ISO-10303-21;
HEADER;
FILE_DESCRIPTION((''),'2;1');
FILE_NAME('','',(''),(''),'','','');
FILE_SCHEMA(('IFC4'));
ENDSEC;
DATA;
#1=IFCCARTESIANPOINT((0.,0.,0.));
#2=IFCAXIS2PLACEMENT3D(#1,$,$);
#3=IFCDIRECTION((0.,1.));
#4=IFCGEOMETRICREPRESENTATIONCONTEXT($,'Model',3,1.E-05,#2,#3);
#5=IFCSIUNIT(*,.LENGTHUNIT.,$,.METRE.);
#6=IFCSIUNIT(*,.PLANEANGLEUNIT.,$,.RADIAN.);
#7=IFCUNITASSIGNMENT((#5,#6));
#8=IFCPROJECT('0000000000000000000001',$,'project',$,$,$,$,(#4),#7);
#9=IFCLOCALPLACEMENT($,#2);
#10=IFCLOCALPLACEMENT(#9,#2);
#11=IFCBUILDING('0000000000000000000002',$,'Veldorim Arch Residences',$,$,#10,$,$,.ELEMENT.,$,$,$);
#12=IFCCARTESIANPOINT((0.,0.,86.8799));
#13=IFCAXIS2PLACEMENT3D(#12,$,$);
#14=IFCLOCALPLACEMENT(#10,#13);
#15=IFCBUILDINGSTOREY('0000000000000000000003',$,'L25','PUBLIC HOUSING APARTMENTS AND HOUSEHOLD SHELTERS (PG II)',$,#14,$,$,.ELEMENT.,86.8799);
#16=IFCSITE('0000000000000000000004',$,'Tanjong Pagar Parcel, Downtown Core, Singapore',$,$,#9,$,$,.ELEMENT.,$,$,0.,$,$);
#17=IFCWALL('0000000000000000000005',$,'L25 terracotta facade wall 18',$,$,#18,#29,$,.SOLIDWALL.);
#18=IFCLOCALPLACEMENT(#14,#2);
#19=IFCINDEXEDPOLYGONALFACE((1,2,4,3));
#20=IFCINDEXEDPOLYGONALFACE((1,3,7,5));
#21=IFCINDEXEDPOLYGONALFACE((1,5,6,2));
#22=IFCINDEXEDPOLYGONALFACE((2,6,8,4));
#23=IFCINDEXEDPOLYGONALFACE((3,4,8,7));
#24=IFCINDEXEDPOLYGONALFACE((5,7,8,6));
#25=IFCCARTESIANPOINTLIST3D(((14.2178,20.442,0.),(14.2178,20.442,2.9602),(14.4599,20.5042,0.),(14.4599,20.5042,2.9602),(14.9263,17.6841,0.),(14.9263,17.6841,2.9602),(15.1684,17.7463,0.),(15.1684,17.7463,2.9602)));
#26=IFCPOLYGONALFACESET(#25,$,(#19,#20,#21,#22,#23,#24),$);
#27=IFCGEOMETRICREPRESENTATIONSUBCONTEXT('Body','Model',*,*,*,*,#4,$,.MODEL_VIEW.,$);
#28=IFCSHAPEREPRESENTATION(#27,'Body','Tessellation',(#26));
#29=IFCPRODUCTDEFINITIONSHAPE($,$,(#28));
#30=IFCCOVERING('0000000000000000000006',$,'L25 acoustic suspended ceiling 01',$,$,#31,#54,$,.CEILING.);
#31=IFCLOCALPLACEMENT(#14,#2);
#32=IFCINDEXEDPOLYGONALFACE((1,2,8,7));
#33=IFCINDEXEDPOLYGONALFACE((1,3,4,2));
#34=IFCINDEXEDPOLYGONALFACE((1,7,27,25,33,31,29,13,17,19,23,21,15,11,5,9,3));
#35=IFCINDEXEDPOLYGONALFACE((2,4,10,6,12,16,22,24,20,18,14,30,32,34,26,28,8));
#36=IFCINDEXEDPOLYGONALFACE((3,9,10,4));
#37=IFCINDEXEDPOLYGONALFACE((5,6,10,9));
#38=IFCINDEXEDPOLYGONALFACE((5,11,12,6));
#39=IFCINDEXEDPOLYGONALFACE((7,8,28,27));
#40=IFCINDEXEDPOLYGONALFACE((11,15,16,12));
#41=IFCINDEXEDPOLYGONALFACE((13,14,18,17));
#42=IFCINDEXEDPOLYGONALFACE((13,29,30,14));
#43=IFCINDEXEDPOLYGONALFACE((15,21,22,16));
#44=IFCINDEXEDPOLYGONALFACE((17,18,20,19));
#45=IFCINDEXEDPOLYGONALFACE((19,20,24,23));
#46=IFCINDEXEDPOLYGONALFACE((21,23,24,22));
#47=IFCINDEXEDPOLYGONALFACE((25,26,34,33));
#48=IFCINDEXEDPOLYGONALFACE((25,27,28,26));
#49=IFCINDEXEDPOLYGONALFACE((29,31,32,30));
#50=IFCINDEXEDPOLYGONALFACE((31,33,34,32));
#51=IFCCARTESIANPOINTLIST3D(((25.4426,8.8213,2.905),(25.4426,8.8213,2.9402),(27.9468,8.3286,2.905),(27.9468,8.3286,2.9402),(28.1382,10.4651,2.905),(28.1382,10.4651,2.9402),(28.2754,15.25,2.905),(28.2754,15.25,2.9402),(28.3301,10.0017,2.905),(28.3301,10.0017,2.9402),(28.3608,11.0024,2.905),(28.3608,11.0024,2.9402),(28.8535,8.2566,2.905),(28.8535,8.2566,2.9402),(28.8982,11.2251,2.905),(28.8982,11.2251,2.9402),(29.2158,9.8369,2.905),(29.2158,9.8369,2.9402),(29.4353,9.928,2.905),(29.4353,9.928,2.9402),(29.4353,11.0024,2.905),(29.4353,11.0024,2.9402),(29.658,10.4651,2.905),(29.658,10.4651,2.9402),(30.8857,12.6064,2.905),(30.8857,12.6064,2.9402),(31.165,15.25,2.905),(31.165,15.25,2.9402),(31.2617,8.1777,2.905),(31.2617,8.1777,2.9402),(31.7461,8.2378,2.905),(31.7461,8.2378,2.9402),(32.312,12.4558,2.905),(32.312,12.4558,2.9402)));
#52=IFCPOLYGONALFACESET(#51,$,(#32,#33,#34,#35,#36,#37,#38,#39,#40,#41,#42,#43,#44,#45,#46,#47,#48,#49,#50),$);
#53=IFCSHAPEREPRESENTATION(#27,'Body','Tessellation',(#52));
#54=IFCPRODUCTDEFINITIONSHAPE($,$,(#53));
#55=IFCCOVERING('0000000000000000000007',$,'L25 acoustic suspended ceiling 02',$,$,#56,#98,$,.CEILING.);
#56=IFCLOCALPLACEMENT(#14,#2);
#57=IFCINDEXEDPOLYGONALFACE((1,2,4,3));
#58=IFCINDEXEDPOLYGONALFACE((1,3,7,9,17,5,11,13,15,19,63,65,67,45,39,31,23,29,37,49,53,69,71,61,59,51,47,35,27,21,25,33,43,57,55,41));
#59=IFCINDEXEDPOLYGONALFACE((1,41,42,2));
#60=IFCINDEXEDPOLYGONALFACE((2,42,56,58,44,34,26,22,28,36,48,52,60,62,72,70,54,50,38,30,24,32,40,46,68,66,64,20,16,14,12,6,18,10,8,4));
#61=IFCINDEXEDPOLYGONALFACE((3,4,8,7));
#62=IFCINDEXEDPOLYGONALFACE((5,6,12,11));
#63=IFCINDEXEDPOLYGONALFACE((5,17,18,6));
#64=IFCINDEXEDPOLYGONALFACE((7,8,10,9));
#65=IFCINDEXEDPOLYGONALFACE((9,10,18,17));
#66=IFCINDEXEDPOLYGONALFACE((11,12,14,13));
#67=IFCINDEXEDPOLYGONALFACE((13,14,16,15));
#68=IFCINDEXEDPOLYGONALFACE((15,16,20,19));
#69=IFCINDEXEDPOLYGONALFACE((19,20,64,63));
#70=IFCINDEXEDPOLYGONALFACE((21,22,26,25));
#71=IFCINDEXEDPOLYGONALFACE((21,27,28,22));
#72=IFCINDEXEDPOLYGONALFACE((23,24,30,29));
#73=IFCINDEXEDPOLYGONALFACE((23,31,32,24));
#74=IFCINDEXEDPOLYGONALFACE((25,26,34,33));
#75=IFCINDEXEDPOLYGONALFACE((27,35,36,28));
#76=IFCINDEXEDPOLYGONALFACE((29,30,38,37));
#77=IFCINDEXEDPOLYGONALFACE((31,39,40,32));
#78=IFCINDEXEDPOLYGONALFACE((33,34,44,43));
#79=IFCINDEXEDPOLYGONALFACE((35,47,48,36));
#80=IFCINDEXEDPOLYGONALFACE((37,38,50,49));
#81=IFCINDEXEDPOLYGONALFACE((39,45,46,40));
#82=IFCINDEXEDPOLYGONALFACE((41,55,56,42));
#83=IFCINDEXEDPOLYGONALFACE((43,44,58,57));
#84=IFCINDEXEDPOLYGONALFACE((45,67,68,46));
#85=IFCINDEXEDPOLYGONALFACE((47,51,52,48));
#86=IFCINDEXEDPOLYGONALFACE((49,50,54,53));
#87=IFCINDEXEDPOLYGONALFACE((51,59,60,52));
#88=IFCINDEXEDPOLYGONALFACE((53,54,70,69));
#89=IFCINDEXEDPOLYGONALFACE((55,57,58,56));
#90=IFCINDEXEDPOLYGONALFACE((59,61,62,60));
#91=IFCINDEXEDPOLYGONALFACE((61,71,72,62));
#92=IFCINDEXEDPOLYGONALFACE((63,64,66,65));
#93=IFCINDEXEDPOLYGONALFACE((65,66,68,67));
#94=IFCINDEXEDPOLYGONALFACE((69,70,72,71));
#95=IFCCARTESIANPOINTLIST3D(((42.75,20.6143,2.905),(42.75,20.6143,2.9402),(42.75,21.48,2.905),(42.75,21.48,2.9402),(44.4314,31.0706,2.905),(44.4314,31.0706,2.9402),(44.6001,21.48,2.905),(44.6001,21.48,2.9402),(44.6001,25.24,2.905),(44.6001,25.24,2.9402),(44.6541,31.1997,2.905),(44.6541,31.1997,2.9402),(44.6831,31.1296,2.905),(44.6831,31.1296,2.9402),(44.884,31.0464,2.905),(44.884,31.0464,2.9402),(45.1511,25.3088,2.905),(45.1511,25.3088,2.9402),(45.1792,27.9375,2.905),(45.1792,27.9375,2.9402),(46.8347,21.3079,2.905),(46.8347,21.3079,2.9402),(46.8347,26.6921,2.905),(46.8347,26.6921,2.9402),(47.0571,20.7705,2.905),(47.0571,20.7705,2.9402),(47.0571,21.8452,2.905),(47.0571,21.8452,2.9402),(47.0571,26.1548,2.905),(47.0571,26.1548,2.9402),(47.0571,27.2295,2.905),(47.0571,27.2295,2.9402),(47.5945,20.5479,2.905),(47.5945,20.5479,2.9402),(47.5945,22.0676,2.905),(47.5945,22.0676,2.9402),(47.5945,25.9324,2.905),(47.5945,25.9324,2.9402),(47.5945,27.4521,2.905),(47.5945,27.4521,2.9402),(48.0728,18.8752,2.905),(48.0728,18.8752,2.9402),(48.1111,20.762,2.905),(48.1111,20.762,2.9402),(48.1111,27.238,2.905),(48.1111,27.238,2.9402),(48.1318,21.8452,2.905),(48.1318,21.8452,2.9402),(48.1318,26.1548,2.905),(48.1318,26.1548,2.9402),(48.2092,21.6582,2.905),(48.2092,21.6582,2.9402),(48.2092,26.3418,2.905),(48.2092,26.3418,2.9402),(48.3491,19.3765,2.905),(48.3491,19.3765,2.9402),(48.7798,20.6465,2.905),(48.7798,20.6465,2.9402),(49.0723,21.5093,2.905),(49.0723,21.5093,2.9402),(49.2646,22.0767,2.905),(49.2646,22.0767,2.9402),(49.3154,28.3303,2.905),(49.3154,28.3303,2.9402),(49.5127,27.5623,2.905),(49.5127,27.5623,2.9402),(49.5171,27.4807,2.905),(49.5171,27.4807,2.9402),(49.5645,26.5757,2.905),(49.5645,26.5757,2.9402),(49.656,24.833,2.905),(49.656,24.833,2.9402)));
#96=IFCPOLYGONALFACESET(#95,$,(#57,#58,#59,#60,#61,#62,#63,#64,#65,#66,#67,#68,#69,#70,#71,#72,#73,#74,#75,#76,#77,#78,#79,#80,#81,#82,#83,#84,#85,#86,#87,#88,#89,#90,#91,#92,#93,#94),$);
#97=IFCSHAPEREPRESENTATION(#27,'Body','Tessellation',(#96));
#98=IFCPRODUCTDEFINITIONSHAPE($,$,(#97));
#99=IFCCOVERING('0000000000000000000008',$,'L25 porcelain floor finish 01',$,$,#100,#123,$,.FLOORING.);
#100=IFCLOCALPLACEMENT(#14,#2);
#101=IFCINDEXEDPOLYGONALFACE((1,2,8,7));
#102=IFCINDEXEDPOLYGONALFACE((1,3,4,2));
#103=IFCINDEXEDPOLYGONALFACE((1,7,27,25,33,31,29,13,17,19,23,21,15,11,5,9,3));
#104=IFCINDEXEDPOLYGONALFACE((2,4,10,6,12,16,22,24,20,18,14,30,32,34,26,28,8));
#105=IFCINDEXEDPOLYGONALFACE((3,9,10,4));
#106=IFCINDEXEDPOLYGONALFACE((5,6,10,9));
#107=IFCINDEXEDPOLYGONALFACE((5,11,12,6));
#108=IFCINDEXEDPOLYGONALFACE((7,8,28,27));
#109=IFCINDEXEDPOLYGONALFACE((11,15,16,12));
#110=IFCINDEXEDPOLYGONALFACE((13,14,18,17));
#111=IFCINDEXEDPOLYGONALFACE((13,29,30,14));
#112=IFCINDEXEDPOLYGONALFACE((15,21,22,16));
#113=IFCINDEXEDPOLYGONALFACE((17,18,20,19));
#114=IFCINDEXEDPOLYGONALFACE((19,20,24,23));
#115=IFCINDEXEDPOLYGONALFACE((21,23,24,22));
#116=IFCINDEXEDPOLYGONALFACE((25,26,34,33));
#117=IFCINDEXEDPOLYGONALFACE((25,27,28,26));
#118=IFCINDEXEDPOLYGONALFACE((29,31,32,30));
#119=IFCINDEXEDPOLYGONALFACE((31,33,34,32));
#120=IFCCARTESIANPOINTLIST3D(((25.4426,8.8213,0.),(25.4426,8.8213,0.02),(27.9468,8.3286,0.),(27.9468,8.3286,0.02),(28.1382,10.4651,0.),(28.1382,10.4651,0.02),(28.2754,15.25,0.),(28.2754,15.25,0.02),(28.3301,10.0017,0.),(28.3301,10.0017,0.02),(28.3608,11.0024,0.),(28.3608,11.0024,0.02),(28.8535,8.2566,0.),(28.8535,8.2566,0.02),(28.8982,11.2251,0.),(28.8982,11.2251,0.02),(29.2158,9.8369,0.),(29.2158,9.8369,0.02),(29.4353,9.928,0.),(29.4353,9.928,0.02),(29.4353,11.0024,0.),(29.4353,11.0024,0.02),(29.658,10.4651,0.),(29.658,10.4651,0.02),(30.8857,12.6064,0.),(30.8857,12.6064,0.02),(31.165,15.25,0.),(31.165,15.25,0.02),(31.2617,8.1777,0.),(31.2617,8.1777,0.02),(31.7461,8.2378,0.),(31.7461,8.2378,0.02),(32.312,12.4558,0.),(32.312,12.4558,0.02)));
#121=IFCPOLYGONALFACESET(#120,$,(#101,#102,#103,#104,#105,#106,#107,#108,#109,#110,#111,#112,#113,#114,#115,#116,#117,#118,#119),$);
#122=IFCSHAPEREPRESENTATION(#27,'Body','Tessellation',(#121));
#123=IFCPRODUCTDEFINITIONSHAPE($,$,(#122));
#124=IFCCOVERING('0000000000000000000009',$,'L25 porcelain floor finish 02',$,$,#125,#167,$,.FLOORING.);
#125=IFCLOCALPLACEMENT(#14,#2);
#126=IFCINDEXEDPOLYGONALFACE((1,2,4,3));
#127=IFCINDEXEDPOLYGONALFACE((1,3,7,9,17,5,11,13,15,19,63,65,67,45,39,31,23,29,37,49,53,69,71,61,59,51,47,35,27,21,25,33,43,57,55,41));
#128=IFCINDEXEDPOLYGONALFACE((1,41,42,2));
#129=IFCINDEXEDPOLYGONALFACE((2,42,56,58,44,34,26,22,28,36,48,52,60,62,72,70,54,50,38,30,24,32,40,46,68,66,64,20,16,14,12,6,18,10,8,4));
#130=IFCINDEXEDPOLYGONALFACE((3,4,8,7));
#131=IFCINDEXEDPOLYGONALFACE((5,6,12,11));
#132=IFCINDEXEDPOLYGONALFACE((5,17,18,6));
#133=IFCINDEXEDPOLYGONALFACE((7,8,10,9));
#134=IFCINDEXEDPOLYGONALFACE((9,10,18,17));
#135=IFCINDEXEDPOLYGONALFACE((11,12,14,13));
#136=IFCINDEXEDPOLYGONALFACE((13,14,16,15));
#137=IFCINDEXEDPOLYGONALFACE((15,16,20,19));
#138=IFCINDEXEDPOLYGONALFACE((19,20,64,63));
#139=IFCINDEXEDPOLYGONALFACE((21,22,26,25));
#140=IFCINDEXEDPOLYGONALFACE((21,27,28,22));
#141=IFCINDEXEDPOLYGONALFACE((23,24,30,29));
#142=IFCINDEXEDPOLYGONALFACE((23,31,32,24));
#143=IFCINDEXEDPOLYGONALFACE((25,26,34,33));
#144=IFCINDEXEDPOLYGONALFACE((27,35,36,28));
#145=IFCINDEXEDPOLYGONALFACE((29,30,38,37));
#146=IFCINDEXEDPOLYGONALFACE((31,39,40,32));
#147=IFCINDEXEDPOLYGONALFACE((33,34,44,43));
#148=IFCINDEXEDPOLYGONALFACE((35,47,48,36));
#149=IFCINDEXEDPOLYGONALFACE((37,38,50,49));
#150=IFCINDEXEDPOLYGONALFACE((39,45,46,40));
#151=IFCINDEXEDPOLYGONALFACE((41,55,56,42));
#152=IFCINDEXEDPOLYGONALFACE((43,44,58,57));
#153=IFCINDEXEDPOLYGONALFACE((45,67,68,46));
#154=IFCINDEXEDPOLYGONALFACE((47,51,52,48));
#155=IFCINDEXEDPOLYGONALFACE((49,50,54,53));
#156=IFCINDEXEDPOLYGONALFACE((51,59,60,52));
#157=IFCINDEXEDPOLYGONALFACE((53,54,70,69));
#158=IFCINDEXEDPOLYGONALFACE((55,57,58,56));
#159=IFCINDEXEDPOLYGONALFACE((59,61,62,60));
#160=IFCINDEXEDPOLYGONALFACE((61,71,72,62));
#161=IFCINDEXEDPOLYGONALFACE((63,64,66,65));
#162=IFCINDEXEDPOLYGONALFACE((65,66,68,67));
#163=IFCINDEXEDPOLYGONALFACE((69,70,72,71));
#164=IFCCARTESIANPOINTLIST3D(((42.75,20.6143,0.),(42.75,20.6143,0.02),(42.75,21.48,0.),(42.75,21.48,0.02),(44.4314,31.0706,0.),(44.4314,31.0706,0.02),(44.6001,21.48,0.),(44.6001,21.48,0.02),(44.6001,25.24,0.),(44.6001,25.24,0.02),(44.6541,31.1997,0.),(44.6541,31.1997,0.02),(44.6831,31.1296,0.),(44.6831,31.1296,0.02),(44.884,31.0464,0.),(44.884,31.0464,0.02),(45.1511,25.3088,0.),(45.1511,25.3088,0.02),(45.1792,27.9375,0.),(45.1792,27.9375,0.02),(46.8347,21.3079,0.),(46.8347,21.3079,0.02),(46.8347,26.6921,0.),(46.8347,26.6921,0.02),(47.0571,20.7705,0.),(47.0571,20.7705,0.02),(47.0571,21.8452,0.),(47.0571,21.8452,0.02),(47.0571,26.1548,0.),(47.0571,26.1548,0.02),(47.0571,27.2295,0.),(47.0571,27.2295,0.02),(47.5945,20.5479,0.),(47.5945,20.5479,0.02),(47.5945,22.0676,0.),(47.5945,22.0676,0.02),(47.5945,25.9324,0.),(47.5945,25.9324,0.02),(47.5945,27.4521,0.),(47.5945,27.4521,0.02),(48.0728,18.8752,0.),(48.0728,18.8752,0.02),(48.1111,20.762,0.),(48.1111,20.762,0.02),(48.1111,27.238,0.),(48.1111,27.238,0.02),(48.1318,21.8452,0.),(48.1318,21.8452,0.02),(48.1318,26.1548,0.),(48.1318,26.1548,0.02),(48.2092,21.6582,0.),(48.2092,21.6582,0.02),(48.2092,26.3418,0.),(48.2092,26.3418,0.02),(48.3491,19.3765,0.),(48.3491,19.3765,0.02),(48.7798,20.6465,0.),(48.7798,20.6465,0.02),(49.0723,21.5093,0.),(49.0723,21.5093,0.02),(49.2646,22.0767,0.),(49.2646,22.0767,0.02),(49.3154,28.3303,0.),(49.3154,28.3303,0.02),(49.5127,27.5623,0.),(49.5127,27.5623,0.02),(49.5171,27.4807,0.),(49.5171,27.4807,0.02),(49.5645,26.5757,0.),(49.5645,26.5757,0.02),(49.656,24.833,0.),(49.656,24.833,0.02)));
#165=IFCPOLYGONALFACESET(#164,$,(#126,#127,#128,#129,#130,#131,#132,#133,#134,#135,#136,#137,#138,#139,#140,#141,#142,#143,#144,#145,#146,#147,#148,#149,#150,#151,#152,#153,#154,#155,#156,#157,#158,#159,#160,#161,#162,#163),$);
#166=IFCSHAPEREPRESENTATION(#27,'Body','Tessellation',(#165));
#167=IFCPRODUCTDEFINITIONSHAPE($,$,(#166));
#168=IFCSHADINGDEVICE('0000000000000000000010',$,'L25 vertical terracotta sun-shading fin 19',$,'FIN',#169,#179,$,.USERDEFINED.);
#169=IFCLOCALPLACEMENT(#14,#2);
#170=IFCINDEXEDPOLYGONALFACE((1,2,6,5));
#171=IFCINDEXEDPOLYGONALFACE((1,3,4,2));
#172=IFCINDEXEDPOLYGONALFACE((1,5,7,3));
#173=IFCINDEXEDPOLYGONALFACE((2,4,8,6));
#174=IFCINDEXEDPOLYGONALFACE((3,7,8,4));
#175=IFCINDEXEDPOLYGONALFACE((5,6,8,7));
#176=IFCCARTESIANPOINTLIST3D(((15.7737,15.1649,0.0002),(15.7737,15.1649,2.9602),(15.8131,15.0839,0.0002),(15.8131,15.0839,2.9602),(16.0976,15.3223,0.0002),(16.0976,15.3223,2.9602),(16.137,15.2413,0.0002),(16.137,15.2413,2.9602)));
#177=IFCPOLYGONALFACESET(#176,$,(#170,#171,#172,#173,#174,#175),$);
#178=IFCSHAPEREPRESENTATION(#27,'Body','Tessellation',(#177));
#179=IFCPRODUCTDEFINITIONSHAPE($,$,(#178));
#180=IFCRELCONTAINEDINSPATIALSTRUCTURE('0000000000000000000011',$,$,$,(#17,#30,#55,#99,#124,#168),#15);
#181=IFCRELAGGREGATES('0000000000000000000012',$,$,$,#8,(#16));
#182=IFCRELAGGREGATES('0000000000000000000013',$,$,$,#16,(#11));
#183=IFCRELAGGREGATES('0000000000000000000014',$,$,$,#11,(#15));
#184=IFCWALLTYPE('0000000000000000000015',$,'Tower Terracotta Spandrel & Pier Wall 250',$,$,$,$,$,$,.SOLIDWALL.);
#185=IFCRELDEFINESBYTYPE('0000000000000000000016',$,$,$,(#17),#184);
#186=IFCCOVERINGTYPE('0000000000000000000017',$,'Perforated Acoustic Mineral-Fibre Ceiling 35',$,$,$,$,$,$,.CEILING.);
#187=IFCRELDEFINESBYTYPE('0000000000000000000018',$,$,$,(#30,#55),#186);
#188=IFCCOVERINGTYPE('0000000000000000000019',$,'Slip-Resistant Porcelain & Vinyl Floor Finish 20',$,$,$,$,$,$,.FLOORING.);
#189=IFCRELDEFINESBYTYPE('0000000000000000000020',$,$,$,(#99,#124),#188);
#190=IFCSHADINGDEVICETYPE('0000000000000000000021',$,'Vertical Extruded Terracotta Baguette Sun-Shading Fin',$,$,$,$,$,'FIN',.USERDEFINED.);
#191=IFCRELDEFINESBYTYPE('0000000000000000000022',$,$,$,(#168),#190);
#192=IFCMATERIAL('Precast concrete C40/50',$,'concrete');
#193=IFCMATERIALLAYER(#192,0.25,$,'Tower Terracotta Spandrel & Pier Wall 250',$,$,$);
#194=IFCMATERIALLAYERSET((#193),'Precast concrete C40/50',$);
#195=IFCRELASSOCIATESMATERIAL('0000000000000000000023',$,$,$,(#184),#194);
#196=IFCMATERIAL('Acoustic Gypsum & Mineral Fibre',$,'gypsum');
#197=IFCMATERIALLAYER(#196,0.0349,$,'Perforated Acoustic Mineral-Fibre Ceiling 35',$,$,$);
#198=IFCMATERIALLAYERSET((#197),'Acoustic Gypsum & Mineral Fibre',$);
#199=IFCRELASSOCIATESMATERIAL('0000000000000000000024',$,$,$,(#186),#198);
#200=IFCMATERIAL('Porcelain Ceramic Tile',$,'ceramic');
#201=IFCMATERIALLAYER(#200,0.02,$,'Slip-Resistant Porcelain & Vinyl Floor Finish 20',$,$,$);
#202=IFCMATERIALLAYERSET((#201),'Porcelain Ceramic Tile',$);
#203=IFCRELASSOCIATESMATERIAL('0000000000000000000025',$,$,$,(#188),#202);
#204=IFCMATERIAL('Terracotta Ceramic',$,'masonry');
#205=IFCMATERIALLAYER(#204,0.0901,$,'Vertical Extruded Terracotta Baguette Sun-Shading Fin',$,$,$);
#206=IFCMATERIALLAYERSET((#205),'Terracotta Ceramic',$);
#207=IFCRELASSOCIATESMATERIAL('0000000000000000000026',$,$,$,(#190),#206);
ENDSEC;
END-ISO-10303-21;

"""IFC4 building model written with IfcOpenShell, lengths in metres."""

from ifc_helpers import new_model, si_unit, direction, frame, frame_2d, origin, origin_2d, place, context, subcontext, project, spatial, polyline, rectangle, outline, extrude, material, layer, layer_set, type_object, element, save


model = new_model("IFC4")

# Units and contexts
model_context = context("Model", 3, precision=1e-05, world=origin(), true_north=direction((0.0, 1.0)))
body_context = subcontext(model_context, "Body", "Model", "MODEL_VIEW")
ifc_project = project(units=[si_unit("LENGTHUNIT", "METRE"), si_unit("PLANEANGLEUNIT", "RADIAN")], contexts=[model_context])

# Site, building, storey
site_placement = place(None, origin())
site = spatial("IfcSite", under=ifc_project, at=site_placement, Name="Tanjong Pagar Parcel, Downtown Core, Singapore", CompositionType="ELEMENT", RefElevation=0.0)
building_placement = place(site_placement, origin())
building = spatial("IfcBuilding", under=site, at=building_placement, Name="Veldorim Arch Residences", CompositionType="ELEMENT")
storey_placement = place(building_placement, frame((0.0, 0.0, 86.8799)))
storey = spatial("IfcBuildingStorey", under=building, at=storey_placement, Name="L25", Description="PUBLIC HOUSING APARTMENTS AND HOUSEHOLD SHELTERS (PG II)", CompositionType="ELEMENT", Elevation=86.8799)

# Wall
ifc_material_1 = material(Name="Precast concrete C40/50", Category="concrete")
ifc_layer_1 = layer(ifc_material_1, 0.25, Name="Tower Terracotta Spandrel & Pier Wall 250")
ifc_layer_set_1 = layer_set([ifc_layer_1], Name="Precast concrete C40/50")
wall_type_1 = type_object("IfcWallType", Name="Tower Terracotta Spandrel & Pier Wall 250", PredefinedType="SOLIDWALL", material=ifc_layer_set_1)
wall_1_placement = place(storey_placement, frame((15.0474, 17.7151, 0.0), z_axis=(0.0, 0.0, 1.0), x_axis=(-0.248825, 0.968548, 0.0)))
element("IfcWall", 1, at=wall_1_placement, inside=storey, type_object=wall_type_1, Name="L25 terracotta facade wall 18", PredefinedType="SOLIDWALL", context=body_context, shape_type="SweptSolid", body=[
    extrude(rectangle(XDim=2.8474, YDim=0.25, at=frame_2d((1.4238, 0.0))), origin(), (0.0, 0.0, 1.0), 2.9602),
])

# Coverings
ifc_material_2 = material(Name="Acoustic Gypsum & Mineral Fibre", Category="gypsum")
ifc_layer_2 = layer(ifc_material_2, 0.0349, Name="Perforated Acoustic Mineral-Fibre Ceiling 35")
ifc_layer_set_2 = layer_set([ifc_layer_2], Name="Acoustic Gypsum & Mineral Fibre")
covering_type_1 = type_object("IfcCoveringType", Name="Perforated Acoustic Mineral-Fibre Ceiling 35", PredefinedType="CEILING", material=ifc_layer_set_2)
covering_1_placement = place(storey_placement, frame((0.0, 0.0, 2.905)))
element("IfcCovering", 2, at=covering_1_placement, inside=storey, type_object=covering_type_1, Name="L25 acoustic suspended ceiling 01", PredefinedType="CEILING", context=body_context, shape_type="SweptSolid", body=[
    extrude(outline(polyline([(27.9468, 8.3286), (25.4426, 8.8213), (28.2754, 15.25), (31.165, 15.25), (30.8857, 12.6064), (32.312, 12.4558), (31.7461, 8.2378), (31.2617, 8.1777), (28.8535, 8.2566), (29.2158, 9.8369), (29.4353, 9.928), (29.658, 10.4651), (29.4353, 11.0024), (28.8982, 11.2251), (28.3608, 11.0024), (28.1382, 10.4651), (28.3301, 10.0017), (27.9468, 8.3286)])), origin(), (0.0, 0.0, 1.0), 0.0352),
])
covering_2_placement = place(storey_placement, frame((0.0, 0.0, 2.905)))
element("IfcCovering", 3, at=covering_2_placement, inside=storey, type_object=covering_type_1, Name="L25 acoustic suspended ceiling 02", PredefinedType="CEILING", context=body_context, shape_type="SweptSolid", body=[
    extrude(outline(polyline([(47.5945, 25.9324), (48.1318, 26.1548), (48.2092, 26.3418), (49.5645, 26.5757), (49.656, 24.833), (49.2646, 22.0767), (49.0723, 21.5093), (48.2092, 21.6582), (48.1318, 21.8452), (47.5945, 22.0676), (47.0571, 21.8452), (46.8347, 21.3079), (47.0571, 20.7705), (47.5945, 20.5479), (48.1111, 20.762), (48.7798, 20.6465), (48.3491, 19.3765), (48.0728, 18.8752), (42.75, 20.6143), (42.75, 21.48), (44.6001, 21.48), (44.6001, 25.24), (45.1511, 25.3088), (44.4314, 31.0706), (44.6541, 31.1997), (44.6831, 31.1296), (44.884, 31.0464), (45.1792, 27.9375), (49.3154, 28.3303), (49.5127, 27.5623), (49.5171, 27.4807), (48.1111, 27.238), (47.5945, 27.4521), (47.0571, 27.2295), (46.8347, 26.6921), (47.0571, 26.1548), (47.5945, 25.9324)])), origin(), (0.0, 0.0, 1.0), 0.0352),
])
ifc_material_3 = material(Name="Porcelain Ceramic Tile", Category="ceramic")
ifc_layer_3 = layer(ifc_material_3, 0.02, Name="Slip-Resistant Porcelain & Vinyl Floor Finish 20")
ifc_layer_set_3 = layer_set([ifc_layer_3], Name="Porcelain Ceramic Tile")
covering_type_2 = type_object("IfcCoveringType", Name="Slip-Resistant Porcelain & Vinyl Floor Finish 20", PredefinedType="FLOORING", material=ifc_layer_set_3)
covering_3_placement = place(storey_placement, origin())
element("IfcCovering", 4, at=covering_3_placement, inside=storey, type_object=covering_type_2, Name="L25 porcelain floor finish 01", PredefinedType="FLOORING", context=body_context, shape_type="SweptSolid", body=[
    extrude(outline(polyline([(27.9468, 8.3286), (25.4426, 8.8213), (28.2754, 15.25), (31.165, 15.25), (30.8857, 12.6064), (32.312, 12.4558), (31.7461, 8.2378), (31.2617, 8.1777), (28.8535, 8.2566), (29.2158, 9.8369), (29.4353, 9.928), (29.658, 10.4651), (29.4353, 11.0024), (28.8982, 11.2251), (28.3608, 11.0024), (28.1382, 10.4651), (28.3301, 10.0017), (27.9468, 8.3286)])), origin(), (0.0, 0.0, 1.0), 0.02),
])
covering_4_placement = place(storey_placement, origin())
element("IfcCovering", 5, at=covering_4_placement, inside=storey, type_object=covering_type_2, Name="L25 porcelain floor finish 02", PredefinedType="FLOORING", context=body_context, shape_type="SweptSolid", body=[
    extrude(outline(polyline([(47.5945, 25.9324), (48.1318, 26.1548), (48.2092, 26.3418), (49.5645, 26.5757), (49.656, 24.833), (49.2646, 22.0767), (49.0723, 21.5093), (48.2092, 21.6582), (48.1318, 21.8452), (47.5945, 22.0676), (47.0571, 21.8452), (46.8347, 21.3079), (47.0571, 20.7705), (47.5945, 20.5479), (48.1111, 20.762), (48.7798, 20.6465), (48.3491, 19.3765), (48.0728, 18.8752), (42.75, 20.6143), (42.75, 21.48), (44.6001, 21.48), (44.6001, 25.24), (45.1511, 25.3088), (44.4314, 31.0706), (44.6541, 31.1997), (44.6831, 31.1296), (44.884, 31.0464), (45.1792, 27.9375), (49.3154, 28.3303), (49.5127, 27.5623), (49.5171, 27.4807), (48.1111, 27.238), (47.5945, 27.4521), (47.0571, 27.2295), (46.8347, 26.6921), (47.0571, 26.1548), (47.5945, 25.9324)])), origin(), (0.0, 0.0, 1.0), 0.02),
])

# Shading device
ifc_material_4 = material(Name="Terracotta Ceramic", Category="masonry")
ifc_layer_4 = layer(ifc_material_4, 0.0901, Name="Vertical Extruded Terracotta Baguette Sun-Shading Fin")
ifc_layer_set_4 = layer_set([ifc_layer_4], Name="Terracotta Ceramic")
shading_device_type = type_object("IfcShadingDeviceType", Name="Vertical Extruded Terracotta Baguette Sun-Shading Fin", ElementType="FIN", PredefinedType="USERDEFINED", material=ifc_layer_set_4)
shading_device_placement = place(storey_placement, frame((15.9553, 15.2031, 0.0002), z_axis=(0.0, 0.0, 1.0), x_axis=(-0.437116, 0.899405, 0.0)))
element("IfcShadingDevice", 6, at=shading_device_placement, inside=storey, type_object=shading_device_type, Name="L25 vertical terracotta sun-shading fin 19", ObjectType="FIN", PredefinedType="USERDEFINED", context=body_context, shape_type="SweptSolid", body=[
    extrude(rectangle(XDim=0.0901, YDim=0.3601, at=origin_2d()), origin(), (0.0, 0.0, 1.0), 2.96),
])

save(model, "model.ifc")
